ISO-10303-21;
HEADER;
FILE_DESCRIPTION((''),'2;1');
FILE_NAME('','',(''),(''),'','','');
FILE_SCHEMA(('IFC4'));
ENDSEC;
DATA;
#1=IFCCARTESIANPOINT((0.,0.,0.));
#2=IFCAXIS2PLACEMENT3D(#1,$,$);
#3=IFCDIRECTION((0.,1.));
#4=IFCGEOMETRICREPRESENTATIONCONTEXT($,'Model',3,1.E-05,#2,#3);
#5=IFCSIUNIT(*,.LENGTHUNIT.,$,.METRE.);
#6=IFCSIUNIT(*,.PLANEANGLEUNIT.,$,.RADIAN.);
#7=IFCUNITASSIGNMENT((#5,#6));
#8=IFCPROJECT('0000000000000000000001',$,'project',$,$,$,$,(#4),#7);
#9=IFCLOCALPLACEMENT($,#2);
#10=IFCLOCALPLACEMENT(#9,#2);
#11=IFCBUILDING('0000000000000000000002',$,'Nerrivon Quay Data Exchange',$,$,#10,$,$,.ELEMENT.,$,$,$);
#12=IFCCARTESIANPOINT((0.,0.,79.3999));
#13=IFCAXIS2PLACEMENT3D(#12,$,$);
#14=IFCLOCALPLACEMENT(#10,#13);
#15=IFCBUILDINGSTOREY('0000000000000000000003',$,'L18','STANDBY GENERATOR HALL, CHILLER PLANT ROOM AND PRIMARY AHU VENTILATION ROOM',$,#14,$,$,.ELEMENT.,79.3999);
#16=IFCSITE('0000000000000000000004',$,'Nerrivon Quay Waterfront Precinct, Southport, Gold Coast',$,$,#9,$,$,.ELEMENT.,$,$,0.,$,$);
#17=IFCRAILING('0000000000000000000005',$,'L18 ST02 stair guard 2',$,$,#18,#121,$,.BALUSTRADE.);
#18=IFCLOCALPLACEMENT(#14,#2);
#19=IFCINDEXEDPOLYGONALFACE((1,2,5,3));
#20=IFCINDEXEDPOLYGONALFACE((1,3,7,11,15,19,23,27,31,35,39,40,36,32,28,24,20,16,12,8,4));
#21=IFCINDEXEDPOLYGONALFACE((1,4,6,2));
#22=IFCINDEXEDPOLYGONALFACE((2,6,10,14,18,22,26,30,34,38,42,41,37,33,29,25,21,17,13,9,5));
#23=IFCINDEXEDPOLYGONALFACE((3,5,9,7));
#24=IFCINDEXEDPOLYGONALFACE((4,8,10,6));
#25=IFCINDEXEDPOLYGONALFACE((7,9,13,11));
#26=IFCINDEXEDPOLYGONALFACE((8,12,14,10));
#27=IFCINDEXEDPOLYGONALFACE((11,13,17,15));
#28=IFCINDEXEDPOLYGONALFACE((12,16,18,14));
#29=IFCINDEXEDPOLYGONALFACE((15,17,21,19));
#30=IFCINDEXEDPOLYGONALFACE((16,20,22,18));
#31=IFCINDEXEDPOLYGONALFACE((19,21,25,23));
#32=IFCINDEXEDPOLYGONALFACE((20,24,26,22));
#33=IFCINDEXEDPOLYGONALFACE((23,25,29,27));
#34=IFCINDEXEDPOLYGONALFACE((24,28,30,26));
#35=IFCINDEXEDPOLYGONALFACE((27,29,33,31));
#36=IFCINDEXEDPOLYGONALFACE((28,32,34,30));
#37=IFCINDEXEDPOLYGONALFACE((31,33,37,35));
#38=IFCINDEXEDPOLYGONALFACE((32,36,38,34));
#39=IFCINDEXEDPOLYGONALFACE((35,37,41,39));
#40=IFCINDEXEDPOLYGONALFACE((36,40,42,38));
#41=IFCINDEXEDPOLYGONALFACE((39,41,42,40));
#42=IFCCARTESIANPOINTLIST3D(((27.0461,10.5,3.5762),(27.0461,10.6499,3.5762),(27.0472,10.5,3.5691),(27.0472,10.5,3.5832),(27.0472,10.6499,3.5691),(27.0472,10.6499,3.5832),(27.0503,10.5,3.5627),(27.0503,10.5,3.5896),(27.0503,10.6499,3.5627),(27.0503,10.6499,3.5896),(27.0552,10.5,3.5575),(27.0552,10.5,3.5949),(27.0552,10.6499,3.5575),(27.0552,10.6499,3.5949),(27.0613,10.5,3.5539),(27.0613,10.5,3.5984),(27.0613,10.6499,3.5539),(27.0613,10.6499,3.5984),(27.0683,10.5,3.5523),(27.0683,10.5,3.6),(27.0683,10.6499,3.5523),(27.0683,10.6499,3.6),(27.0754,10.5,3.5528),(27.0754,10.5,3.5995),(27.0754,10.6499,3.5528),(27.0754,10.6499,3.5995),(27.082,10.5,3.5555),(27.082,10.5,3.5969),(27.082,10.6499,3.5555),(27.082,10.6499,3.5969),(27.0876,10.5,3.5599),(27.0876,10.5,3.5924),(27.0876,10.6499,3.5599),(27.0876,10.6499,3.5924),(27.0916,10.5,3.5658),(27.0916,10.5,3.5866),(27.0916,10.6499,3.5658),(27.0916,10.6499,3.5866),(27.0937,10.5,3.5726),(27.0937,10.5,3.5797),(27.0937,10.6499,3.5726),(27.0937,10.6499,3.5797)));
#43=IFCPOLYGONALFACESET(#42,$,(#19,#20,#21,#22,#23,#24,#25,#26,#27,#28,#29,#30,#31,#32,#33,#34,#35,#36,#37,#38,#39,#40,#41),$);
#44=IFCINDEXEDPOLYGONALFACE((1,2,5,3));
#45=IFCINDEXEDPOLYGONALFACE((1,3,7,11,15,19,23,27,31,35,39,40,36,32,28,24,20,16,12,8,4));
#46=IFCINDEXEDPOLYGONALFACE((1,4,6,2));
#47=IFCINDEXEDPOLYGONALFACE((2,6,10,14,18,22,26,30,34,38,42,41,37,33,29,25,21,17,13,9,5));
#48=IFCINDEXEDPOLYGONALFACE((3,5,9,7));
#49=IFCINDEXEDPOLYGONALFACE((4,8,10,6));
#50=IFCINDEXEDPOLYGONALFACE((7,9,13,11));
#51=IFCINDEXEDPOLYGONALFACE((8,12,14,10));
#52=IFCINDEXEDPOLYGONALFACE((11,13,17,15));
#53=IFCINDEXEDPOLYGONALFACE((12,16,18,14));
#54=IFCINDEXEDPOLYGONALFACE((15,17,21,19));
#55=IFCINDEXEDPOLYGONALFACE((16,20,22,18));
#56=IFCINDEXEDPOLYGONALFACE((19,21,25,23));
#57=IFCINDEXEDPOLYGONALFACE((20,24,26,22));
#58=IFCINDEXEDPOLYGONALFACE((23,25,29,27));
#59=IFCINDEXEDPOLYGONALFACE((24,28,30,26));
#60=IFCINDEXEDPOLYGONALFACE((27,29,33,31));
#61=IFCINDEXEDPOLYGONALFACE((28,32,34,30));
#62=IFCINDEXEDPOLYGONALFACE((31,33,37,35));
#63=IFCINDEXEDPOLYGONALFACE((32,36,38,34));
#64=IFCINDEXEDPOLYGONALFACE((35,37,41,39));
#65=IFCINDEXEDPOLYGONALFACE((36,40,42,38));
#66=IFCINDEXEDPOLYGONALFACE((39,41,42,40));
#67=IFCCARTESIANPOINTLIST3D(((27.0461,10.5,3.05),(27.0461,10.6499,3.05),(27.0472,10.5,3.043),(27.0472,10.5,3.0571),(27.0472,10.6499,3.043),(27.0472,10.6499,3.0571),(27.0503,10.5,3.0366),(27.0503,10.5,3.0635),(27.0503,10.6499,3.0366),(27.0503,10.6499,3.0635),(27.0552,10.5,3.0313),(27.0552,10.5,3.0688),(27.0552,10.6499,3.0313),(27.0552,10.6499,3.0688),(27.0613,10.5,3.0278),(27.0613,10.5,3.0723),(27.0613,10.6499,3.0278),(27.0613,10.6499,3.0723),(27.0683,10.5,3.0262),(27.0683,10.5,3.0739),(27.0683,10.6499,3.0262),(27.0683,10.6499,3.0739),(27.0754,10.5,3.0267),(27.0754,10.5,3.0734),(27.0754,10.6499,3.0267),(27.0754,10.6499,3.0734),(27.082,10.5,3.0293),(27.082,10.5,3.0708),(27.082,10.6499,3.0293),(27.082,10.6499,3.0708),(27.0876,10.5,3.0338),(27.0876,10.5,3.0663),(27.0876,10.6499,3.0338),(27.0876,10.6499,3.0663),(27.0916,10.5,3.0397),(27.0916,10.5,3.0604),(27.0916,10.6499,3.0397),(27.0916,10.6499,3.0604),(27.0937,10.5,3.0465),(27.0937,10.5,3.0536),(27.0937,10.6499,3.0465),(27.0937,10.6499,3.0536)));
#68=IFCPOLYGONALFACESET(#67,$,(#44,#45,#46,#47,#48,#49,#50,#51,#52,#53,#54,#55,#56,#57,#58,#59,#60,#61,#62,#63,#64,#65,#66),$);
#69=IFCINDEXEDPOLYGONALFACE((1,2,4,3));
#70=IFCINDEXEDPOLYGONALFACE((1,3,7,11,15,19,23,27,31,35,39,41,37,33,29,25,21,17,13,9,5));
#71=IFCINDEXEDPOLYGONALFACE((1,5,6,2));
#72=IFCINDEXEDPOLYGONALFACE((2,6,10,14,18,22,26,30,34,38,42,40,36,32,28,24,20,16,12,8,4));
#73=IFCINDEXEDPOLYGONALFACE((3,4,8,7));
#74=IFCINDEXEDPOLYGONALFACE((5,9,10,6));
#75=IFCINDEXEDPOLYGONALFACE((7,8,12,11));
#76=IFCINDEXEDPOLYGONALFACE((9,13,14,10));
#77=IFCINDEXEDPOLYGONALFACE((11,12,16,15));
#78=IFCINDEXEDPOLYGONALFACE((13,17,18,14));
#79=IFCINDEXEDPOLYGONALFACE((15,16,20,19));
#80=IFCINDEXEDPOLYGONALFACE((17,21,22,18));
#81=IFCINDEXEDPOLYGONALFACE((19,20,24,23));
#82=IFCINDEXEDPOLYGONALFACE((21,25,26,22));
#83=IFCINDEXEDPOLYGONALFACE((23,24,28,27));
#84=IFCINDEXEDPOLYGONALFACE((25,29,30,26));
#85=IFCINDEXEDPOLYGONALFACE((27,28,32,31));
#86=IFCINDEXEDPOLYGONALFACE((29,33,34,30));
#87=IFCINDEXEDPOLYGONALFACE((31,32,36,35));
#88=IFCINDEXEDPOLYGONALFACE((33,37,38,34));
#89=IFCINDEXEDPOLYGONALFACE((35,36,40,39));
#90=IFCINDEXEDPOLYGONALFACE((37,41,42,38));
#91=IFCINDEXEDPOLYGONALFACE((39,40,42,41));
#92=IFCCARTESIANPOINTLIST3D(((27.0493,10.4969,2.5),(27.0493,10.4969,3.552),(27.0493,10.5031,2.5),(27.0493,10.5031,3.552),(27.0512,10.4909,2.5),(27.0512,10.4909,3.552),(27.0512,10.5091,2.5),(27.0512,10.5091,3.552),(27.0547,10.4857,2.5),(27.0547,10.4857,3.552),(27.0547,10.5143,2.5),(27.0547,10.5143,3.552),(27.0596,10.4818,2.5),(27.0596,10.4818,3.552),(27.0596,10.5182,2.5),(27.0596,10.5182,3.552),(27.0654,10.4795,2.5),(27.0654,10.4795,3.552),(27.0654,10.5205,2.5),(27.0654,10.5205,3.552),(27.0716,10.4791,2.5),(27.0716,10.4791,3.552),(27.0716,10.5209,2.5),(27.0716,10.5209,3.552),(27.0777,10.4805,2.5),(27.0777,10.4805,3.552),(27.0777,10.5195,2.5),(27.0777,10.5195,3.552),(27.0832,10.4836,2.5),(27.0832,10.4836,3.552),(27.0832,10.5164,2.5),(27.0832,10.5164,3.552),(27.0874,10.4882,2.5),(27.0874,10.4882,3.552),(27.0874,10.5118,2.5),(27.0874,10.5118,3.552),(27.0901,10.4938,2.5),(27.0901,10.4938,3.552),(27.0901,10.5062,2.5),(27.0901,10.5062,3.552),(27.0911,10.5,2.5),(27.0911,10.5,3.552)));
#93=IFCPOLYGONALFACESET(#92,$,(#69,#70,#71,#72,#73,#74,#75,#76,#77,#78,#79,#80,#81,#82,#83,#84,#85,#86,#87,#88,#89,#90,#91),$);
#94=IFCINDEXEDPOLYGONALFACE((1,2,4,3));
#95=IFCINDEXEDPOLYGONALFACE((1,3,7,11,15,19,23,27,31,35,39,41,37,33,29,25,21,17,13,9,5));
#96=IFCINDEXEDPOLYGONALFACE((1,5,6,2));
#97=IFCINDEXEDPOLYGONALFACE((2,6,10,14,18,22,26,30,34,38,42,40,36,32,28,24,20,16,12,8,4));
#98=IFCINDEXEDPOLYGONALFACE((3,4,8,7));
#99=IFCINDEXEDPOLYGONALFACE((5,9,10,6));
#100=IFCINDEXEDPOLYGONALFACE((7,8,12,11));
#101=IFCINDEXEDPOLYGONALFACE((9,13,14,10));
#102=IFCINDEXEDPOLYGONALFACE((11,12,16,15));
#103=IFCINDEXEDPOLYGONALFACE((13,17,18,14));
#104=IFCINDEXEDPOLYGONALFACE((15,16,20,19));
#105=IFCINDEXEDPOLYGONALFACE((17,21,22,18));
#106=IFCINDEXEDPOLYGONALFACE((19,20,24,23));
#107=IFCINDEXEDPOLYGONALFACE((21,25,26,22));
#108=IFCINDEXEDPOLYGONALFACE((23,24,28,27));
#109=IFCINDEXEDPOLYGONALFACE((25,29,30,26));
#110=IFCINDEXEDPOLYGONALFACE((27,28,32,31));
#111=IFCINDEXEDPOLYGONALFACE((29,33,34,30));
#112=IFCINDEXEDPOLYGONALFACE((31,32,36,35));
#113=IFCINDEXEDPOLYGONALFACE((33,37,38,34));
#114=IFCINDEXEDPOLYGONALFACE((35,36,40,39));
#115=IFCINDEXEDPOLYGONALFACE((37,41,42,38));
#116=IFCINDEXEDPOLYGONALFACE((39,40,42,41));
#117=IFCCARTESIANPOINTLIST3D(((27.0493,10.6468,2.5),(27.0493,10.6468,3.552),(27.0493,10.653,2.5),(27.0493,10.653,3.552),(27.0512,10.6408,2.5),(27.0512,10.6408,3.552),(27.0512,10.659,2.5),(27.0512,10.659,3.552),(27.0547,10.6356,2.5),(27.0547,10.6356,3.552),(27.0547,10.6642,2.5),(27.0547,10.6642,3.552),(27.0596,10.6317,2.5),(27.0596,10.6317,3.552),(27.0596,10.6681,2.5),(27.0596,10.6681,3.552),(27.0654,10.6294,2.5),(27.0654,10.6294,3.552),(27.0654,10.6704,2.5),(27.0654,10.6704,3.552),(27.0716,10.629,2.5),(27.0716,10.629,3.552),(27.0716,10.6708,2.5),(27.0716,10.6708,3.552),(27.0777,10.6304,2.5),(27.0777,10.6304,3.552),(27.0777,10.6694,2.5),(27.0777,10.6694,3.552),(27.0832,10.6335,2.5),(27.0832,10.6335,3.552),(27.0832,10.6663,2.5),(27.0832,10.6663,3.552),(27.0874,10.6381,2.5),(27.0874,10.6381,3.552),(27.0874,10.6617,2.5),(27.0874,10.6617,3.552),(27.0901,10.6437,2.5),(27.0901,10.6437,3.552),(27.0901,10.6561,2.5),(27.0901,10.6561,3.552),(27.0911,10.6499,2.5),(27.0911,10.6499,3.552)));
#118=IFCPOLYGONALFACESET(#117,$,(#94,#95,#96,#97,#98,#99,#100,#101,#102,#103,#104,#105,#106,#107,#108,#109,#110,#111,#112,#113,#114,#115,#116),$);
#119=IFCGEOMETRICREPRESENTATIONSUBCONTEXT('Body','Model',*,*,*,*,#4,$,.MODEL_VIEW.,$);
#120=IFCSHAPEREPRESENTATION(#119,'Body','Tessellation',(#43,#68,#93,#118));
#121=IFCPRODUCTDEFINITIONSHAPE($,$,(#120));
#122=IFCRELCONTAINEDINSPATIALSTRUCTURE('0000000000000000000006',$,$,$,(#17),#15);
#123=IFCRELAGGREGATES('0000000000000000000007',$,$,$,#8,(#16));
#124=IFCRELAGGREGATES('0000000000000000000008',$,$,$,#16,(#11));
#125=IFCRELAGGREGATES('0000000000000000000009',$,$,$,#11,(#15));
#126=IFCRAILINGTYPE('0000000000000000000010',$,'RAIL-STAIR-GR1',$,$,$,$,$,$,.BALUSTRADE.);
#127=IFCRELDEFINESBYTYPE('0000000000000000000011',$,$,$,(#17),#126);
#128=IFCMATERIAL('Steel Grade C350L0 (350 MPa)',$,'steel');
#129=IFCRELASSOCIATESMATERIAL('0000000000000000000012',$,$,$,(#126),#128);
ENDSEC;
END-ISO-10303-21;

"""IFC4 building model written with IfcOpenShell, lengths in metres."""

from ifc_helpers import new_model, si_unit, direction, frame, origin, origin_2d, place, context, subcontext, project, spatial, circle, extrude, material, type_object, element, save


model = new_model("IFC4")

# Units and contexts
model_context = context("Model", 3, precision=1e-05, world=origin(), true_north=direction((0.0, 1.0)))
body_context = subcontext(model_context, "Body", "Model", "MODEL_VIEW")
ifc_project = project(units=[si_unit("LENGTHUNIT", "METRE"), si_unit("PLANEANGLEUNIT", "RADIAN")], contexts=[model_context])

# Site, building, storey
site_placement = place(None, origin())
site = spatial("IfcSite", under=ifc_project, at=site_placement, Name="Nerrivon Quay Waterfront Precinct, Southport, Gold Coast", CompositionType="ELEMENT", RefElevation=0.0)
building_placement = place(site_placement, origin())
building = spatial("IfcBuilding", under=site, at=building_placement, Name="Nerrivon Quay Data Exchange", CompositionType="ELEMENT")
storey_placement = place(building_placement, frame((0.0, 0.0, 79.3999)))
storey = spatial("IfcBuildingStorey", under=building, at=storey_placement, Name="L18", Description="STANDBY GENERATOR HALL, CHILLER PLANT ROOM AND PRIMARY AHU VENTILATION ROOM", CompositionType="ELEMENT", Elevation=79.3999)

# Railing
ifc_material_1 = material(Name="Steel Grade C350L0 (350 MPa)", Category="steel")
railing_type_1 = type_object("IfcRailingType", Name="RAIL-STAIR-GR1", PredefinedType="BALUSTRADE", material=ifc_material_1)
railing_1_placement = place(storey_placement, frame((27.0701, 10.5, 2.5)))
element("IfcRailing", 1, at=railing_1_placement, inside=storey, type_object=railing_type_1, Name="L18 ST02 stair guard 2", PredefinedType="BALUSTRADE", context=body_context, shape_type="SweptSolid", body=[
    extrude(circle(Radius=0.0239, at=origin_2d()), frame((0.0, 0.0, 1.0762), z_axis=(0.0, 1.0, 0.0), x_axis=(-1.0, 0.0, 0.0)), (0.0, 0.0, 1.0), 0.1499),
    extrude(circle(Radius=0.0239, at=origin_2d()), frame((0.0, 0.0, 0.55), z_axis=(0.0, 1.0, 0.0), x_axis=(-1.0, 0.0, 0.0)), (0.0, 0.0, 1.0), 0.1499),
    extrude(circle(Radius=0.021, at=origin_2d()), origin(), (0.0, 0.0, 1.0), 1.052),
    extrude(circle(Radius=0.021, at=origin_2d()), frame((0.0, 0.1499, 0.0)), (0.0, 0.0, 1.0), 1.052),
])

save(model, "model.ifc")
